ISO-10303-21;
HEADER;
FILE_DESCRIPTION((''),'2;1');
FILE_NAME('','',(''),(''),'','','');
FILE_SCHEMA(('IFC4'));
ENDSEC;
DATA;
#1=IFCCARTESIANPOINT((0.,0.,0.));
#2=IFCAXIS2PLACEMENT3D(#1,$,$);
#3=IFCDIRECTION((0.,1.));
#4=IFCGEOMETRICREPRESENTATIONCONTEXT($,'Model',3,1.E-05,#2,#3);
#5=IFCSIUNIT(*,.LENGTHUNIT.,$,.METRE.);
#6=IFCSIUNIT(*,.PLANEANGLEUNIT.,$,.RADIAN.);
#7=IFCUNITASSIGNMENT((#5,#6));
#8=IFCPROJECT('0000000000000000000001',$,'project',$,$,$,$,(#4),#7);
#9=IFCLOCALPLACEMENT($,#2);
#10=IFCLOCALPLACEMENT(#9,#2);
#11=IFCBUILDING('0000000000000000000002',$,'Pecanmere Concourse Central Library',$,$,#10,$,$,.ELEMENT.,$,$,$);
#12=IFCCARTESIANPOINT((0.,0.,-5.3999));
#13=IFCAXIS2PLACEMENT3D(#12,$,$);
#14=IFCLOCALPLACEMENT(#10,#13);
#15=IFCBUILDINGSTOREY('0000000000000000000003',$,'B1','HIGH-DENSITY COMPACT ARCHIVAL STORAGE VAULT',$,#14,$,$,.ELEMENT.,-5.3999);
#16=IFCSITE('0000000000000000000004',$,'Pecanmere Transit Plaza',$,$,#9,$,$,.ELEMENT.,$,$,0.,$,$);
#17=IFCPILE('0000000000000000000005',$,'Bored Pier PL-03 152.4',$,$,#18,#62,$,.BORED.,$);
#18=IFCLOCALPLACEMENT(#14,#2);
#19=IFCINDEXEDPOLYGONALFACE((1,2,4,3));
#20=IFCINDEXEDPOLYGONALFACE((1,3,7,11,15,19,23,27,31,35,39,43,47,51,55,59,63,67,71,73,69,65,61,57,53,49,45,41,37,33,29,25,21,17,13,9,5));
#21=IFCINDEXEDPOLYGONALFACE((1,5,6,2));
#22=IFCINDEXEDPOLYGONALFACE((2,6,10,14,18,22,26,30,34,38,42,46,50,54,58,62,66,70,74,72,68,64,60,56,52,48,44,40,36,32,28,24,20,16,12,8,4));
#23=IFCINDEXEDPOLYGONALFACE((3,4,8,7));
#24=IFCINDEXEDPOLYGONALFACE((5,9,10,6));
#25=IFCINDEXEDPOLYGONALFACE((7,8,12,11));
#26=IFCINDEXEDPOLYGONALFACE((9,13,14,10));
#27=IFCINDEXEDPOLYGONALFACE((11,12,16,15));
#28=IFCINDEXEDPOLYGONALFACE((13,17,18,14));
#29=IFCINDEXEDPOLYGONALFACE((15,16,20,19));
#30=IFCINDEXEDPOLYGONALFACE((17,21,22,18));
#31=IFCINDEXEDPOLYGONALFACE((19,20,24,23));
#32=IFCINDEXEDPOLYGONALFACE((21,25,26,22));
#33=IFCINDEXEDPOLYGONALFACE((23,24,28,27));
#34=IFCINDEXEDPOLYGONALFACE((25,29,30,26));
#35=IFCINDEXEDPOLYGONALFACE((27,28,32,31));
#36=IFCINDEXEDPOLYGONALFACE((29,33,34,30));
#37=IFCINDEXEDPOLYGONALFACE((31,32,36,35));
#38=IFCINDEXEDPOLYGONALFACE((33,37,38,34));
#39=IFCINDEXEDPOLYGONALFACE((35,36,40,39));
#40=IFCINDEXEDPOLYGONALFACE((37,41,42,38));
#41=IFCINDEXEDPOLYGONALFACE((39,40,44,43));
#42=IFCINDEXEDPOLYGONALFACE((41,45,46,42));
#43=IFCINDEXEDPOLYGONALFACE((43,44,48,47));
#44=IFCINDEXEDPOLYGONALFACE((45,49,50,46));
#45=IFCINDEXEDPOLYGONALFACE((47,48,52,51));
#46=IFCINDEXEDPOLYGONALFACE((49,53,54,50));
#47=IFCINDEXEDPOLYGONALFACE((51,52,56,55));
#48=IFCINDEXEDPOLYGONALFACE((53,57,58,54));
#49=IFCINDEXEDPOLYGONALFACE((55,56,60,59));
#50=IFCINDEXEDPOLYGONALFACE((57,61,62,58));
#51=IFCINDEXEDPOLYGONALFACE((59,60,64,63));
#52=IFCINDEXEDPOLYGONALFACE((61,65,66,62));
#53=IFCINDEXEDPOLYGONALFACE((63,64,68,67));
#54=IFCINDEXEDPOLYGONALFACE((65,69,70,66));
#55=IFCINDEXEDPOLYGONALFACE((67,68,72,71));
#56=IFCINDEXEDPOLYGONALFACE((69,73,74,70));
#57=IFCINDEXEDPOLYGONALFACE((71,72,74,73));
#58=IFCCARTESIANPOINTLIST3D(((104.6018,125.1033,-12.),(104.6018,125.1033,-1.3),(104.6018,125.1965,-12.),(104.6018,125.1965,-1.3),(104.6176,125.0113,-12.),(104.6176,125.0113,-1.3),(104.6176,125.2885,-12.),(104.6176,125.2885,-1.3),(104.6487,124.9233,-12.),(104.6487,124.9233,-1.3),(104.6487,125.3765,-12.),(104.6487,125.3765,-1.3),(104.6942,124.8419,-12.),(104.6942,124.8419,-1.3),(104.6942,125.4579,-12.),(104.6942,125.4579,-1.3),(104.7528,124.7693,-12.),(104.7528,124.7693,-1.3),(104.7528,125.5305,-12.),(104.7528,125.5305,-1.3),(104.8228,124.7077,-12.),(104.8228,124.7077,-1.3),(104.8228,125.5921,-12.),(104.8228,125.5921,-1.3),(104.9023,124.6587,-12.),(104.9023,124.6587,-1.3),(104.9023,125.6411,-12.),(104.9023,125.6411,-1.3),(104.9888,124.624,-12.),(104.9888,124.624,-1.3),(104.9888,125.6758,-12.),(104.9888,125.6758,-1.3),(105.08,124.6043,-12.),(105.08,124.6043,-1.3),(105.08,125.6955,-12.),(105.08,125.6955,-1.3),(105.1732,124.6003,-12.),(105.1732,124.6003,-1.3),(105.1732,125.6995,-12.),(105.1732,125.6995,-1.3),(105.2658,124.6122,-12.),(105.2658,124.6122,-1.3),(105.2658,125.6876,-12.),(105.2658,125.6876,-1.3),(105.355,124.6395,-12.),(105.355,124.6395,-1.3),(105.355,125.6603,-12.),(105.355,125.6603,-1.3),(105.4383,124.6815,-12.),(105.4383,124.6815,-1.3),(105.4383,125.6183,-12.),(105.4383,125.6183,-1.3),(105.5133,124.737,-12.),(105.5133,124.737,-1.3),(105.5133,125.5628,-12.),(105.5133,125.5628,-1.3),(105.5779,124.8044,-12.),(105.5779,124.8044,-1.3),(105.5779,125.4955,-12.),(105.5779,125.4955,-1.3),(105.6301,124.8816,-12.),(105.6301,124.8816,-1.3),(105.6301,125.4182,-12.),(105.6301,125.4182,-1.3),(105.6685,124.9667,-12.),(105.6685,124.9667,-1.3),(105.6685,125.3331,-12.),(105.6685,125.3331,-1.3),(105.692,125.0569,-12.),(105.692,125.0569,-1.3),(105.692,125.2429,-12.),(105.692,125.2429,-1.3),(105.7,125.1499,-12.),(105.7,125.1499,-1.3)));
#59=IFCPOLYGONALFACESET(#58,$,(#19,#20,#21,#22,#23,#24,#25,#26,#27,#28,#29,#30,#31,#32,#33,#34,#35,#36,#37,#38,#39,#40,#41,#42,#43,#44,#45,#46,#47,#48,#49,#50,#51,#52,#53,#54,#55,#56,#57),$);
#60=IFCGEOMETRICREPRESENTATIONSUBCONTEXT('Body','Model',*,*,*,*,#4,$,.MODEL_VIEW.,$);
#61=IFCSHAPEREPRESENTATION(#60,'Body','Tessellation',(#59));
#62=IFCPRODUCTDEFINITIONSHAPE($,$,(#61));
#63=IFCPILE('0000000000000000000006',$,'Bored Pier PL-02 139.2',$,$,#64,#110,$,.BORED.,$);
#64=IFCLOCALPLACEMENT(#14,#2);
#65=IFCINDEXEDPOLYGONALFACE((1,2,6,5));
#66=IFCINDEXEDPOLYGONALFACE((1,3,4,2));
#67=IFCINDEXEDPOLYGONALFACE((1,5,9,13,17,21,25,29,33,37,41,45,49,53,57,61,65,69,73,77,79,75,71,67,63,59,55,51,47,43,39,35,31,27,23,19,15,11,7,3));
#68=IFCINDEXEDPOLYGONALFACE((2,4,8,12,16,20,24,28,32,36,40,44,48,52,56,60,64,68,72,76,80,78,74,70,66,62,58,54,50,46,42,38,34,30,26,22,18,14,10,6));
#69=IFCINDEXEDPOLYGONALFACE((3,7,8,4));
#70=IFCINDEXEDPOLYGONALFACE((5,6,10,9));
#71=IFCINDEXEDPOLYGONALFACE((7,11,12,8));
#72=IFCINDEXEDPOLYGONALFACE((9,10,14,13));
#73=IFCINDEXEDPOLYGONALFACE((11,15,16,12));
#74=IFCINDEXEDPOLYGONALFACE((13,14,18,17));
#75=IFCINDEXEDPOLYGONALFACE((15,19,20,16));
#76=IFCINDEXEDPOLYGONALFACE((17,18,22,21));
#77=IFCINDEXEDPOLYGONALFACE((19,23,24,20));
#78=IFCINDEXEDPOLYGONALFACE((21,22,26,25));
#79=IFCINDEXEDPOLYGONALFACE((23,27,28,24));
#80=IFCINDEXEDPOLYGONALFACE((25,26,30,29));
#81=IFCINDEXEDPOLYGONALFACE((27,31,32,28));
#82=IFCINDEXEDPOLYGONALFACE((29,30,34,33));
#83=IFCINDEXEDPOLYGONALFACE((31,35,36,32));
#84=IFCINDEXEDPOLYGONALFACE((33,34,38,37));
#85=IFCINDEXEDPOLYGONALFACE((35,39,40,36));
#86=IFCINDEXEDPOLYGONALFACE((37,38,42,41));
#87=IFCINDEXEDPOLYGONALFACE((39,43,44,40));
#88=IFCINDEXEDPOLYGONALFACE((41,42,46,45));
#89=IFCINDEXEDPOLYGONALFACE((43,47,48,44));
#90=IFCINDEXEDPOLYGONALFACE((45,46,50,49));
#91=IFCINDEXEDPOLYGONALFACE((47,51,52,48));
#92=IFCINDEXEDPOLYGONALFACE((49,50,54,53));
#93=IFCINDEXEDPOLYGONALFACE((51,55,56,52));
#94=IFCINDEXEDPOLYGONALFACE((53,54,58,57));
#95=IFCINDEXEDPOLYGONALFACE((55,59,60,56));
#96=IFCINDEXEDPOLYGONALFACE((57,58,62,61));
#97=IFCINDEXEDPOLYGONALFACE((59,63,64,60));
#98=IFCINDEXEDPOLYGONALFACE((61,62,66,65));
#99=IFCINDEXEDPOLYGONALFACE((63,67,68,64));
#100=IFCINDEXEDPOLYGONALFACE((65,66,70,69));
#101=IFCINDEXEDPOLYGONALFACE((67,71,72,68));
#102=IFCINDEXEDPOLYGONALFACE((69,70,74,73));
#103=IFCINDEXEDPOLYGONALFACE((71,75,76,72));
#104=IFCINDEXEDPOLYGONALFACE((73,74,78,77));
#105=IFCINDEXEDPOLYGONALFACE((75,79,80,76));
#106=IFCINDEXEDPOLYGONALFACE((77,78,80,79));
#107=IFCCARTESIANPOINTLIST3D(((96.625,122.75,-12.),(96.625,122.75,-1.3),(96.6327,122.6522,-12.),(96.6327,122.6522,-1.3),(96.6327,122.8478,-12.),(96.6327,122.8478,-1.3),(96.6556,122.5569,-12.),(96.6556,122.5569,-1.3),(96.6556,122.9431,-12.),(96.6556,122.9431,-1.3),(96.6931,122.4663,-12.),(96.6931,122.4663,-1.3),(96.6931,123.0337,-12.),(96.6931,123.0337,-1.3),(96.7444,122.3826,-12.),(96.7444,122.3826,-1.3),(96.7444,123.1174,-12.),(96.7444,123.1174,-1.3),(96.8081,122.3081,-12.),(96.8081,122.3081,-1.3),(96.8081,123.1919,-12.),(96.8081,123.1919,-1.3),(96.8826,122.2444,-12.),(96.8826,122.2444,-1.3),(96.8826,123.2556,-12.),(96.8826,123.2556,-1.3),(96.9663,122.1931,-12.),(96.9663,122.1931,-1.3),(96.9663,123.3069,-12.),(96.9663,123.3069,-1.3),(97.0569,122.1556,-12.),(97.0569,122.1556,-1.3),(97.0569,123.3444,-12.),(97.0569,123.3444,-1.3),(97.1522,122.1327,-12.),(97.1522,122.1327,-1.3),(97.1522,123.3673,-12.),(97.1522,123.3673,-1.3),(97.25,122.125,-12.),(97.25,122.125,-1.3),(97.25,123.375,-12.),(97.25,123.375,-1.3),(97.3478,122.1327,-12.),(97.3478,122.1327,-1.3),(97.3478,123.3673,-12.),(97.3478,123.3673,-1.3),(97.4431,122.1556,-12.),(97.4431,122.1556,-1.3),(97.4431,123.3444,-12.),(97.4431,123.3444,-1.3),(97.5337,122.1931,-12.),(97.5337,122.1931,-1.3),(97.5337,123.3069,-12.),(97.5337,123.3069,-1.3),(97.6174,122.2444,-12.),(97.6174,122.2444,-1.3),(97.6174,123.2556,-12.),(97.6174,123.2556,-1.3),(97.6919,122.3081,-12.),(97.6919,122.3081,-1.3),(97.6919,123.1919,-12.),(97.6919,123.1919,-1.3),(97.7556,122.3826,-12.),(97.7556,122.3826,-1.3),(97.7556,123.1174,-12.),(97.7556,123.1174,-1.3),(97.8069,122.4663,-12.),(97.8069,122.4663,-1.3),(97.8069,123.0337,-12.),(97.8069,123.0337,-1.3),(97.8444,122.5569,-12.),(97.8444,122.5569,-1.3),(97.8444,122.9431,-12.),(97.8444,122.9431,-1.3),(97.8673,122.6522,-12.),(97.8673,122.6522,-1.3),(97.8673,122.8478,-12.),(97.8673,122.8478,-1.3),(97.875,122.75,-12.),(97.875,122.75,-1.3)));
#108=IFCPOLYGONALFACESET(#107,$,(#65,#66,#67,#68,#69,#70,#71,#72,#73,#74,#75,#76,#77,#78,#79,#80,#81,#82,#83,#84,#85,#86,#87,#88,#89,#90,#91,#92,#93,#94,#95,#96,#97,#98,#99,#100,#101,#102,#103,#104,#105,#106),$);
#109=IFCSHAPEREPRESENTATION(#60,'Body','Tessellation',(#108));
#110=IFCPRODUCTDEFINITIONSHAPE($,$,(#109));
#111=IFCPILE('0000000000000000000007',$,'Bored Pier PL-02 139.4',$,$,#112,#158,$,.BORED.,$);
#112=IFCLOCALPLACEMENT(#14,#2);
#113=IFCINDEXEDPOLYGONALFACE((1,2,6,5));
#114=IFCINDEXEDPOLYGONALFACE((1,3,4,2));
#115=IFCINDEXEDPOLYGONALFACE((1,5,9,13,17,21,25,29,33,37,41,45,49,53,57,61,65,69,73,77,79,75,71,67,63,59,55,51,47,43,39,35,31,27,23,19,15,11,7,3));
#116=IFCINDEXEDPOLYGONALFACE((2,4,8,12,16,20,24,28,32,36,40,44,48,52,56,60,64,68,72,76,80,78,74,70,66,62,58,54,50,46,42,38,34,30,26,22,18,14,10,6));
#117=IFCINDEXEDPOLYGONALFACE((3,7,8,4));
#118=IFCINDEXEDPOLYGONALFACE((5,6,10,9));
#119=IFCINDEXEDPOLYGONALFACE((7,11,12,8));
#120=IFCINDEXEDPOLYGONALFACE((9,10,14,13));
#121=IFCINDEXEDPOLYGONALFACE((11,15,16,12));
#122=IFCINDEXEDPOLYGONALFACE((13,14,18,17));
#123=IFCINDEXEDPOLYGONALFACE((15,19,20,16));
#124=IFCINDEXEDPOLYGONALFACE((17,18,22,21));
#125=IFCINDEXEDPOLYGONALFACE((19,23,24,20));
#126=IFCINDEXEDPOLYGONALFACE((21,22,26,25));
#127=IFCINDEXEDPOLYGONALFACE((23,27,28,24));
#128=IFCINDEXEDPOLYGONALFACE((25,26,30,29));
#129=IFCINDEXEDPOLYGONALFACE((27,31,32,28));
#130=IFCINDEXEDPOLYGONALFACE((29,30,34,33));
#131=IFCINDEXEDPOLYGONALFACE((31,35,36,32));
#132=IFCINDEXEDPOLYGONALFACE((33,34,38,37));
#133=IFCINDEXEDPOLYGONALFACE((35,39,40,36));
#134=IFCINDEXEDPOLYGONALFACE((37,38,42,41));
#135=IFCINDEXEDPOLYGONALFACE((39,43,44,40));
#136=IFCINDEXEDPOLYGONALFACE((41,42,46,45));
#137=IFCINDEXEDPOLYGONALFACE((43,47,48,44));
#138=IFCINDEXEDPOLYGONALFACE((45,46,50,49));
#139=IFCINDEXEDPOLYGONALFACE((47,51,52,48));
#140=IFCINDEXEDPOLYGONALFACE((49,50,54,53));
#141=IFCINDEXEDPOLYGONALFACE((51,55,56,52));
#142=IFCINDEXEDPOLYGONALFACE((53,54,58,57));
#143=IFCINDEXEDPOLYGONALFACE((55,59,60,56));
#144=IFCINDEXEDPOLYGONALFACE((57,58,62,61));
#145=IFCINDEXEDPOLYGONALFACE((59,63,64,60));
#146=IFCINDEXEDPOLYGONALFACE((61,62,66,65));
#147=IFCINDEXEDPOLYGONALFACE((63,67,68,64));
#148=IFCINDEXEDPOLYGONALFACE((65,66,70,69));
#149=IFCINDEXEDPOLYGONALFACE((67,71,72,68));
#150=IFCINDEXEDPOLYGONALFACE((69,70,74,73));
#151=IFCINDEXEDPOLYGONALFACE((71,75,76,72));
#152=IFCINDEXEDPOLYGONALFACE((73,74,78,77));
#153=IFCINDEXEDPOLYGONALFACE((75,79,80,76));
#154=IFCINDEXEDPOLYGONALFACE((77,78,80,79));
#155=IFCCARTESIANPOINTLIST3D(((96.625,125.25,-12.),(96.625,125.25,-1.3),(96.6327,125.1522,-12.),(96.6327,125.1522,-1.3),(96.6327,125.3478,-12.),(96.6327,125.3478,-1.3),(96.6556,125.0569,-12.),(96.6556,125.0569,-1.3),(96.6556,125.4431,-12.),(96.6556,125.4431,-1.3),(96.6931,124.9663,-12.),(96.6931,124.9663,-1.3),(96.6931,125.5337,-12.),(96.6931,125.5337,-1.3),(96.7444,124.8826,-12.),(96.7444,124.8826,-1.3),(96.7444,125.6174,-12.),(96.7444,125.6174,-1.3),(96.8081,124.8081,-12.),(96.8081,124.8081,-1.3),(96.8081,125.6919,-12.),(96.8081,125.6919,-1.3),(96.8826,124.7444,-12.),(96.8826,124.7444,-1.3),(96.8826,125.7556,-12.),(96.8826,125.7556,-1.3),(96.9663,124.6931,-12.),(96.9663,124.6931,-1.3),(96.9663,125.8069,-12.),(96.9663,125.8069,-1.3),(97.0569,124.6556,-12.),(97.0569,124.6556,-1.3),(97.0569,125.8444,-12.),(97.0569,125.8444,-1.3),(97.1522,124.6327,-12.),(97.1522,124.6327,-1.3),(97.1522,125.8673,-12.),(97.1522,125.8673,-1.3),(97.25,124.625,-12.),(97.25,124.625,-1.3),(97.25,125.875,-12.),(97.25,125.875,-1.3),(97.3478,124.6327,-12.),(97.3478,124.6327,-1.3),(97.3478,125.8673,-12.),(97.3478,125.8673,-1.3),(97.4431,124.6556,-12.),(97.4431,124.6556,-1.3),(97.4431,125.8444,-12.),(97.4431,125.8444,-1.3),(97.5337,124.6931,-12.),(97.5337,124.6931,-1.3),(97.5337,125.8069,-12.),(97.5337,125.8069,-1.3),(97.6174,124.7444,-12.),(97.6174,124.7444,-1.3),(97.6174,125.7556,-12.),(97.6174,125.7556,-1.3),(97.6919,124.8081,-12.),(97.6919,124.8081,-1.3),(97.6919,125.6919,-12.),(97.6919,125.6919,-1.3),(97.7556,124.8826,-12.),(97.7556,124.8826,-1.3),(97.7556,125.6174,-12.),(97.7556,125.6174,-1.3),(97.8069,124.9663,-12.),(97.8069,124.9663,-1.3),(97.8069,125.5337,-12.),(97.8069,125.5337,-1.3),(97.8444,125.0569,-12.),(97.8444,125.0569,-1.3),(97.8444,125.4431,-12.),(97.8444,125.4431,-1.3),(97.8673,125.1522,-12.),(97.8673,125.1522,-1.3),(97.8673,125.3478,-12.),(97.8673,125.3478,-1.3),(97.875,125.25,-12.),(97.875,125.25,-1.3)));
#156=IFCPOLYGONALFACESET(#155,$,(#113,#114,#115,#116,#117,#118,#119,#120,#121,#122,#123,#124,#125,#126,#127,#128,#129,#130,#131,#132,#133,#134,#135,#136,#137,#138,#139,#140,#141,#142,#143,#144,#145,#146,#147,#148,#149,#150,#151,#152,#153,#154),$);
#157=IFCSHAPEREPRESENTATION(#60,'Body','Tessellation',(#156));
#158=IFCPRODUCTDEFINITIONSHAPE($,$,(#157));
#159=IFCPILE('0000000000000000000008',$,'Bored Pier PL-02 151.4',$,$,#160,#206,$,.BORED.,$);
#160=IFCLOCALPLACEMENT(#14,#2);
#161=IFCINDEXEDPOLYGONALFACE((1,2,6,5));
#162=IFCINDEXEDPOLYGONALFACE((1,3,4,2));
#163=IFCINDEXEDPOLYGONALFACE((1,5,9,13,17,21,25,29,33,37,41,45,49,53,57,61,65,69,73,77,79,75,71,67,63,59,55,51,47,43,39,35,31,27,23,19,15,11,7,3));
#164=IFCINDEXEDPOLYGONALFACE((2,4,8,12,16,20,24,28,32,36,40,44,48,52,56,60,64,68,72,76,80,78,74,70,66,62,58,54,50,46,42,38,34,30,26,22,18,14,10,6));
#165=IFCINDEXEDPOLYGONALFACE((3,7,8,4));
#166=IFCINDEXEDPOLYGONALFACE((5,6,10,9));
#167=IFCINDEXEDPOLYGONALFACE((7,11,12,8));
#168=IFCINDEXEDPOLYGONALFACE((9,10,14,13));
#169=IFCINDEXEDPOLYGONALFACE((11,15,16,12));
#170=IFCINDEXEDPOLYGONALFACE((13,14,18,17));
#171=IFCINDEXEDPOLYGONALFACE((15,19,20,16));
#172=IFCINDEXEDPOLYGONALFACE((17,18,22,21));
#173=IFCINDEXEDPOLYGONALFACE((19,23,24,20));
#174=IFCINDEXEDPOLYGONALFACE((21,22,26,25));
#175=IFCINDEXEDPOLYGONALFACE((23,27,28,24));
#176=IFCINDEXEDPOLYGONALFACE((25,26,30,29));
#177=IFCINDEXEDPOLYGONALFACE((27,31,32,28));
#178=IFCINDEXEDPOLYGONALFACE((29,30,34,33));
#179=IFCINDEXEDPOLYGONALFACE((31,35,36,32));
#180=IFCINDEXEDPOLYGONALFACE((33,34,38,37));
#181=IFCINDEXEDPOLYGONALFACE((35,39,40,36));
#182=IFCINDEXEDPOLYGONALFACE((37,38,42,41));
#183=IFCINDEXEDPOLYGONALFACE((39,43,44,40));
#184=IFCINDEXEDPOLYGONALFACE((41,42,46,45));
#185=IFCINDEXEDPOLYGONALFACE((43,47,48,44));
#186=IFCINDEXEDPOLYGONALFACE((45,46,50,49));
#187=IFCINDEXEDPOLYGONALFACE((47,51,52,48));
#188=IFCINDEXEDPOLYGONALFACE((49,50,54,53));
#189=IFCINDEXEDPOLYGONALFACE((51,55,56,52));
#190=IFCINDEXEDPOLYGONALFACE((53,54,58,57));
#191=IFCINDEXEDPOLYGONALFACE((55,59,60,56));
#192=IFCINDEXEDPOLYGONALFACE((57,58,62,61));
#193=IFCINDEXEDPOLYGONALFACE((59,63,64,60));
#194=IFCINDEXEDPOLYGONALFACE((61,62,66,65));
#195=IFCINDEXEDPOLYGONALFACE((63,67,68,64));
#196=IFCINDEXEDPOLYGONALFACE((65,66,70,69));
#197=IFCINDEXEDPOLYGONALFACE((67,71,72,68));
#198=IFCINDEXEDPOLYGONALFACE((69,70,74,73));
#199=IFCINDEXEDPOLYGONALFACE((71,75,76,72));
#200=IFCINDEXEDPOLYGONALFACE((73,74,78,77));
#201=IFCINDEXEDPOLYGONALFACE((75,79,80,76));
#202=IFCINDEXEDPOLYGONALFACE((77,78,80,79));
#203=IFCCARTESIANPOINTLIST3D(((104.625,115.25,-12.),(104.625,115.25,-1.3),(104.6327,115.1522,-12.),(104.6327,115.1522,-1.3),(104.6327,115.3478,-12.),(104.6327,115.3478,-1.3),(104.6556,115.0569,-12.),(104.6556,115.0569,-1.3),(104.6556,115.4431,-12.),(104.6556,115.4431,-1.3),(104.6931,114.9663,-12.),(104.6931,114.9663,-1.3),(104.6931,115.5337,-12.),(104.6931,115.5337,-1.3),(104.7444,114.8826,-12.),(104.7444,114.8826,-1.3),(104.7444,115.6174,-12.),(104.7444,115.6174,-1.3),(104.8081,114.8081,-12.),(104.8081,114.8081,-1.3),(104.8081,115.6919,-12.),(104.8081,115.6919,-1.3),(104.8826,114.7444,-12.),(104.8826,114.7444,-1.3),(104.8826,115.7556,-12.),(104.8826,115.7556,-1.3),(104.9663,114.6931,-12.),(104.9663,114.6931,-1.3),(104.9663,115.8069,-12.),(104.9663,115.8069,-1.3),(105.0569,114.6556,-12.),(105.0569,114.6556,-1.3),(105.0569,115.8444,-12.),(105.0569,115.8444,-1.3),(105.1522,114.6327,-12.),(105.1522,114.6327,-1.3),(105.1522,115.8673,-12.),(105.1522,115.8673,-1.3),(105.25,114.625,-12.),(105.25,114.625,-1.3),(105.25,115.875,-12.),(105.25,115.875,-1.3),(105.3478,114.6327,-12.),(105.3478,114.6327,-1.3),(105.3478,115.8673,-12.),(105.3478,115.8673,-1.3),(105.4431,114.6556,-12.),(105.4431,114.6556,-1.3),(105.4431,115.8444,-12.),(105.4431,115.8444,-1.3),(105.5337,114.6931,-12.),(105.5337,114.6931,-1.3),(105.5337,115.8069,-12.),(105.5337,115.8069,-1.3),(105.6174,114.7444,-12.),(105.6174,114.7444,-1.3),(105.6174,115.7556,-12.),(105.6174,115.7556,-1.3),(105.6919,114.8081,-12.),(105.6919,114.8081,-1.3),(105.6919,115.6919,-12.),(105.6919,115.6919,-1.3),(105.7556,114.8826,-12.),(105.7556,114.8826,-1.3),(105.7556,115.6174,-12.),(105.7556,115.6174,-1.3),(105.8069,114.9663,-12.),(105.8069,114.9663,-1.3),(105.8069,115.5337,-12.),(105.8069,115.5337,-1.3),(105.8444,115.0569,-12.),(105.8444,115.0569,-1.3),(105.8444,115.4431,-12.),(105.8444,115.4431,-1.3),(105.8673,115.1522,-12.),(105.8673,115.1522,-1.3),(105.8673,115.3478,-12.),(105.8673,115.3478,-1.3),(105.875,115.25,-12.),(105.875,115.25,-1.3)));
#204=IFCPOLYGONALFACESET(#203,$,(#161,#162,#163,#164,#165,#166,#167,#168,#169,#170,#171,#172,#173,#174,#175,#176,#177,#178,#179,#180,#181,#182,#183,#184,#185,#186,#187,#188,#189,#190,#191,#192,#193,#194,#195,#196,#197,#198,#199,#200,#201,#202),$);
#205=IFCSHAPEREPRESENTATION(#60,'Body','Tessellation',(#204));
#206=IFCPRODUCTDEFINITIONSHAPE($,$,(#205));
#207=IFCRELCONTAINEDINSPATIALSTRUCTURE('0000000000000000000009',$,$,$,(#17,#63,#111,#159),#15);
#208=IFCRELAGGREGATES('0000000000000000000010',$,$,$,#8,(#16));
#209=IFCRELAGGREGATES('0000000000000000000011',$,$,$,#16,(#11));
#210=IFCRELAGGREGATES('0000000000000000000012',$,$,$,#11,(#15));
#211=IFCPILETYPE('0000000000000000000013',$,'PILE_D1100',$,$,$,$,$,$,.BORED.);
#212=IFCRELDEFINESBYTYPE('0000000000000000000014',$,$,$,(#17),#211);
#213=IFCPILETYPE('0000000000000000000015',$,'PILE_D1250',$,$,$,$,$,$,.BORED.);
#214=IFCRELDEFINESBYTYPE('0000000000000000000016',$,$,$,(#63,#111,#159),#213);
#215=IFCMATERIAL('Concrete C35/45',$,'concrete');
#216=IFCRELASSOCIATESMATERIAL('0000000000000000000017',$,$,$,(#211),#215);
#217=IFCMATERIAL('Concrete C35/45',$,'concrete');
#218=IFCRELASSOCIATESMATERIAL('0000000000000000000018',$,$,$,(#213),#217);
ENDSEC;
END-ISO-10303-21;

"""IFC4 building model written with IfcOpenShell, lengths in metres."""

from ifc_helpers import new_model, si_unit, direction, frame, origin, origin_2d, place, context, subcontext, project, spatial, circle, extrude, material, material_profile, profile_set, type_object, element, save


model = new_model("IFC4")

# Units and contexts
model_context = context("Model", 3, precision=1e-05, world=origin(), true_north=direction((0.0, 1.0)))
body_context = subcontext(model_context, "Body", "Model", "MODEL_VIEW")
ifc_project = project(units=[si_unit("LENGTHUNIT", "METRE"), si_unit("PLANEANGLEUNIT", "RADIAN")], contexts=[model_context])

# Site, building, storey
site_placement = place(None, origin())
site = spatial("IfcSite", under=ifc_project, at=site_placement, Name="Pecanmere Transit Plaza", CompositionType="ELEMENT", RefElevation=0.0)
building_placement = place(site_placement, origin())
building = spatial("IfcBuilding", under=site, at=building_placement, Name="Pecanmere Concourse Central Library", CompositionType="ELEMENT")
storey_placement = place(building_placement, frame((0.0, 0.0, -5.3999)))
storey = spatial("IfcBuildingStorey", under=building, at=storey_placement, Name="B1", Description="HIGH-DENSITY COMPACT ARCHIVAL STORAGE VAULT", CompositionType="ELEMENT", Elevation=-5.3999)

# Piles
ifc_material_1 = material(Name="Concrete C35/45", Category="concrete")
ifc_material_profile_1 = material_profile(ifc_material_1, circle(Radius=0.55, at=origin_2d()), Name="PIER D1100")
ifc_profile_set_1 = profile_set([ifc_material_profile_1], Name="Concrete C35/45")
pile_type_1 = type_object("IfcPileType", Name="PILE_D1100", PredefinedType="BORED", material=ifc_profile_set_1)
for number, where, z_axis, x_axis, name in (
    (1, (105.1499, 125.1499, -1.3), (0.0, 0.0, -1.0), (1.0, 0.0, 0.0), "Bored Pier PL-03 152.4"),
):
    element("IfcPile", number, at=place(storey_placement, frame(where, z_axis=z_axis, x_axis=x_axis)), inside=storey, type_object=pile_type_1, Name=name, PredefinedType="BORED", context=body_context, shape_type="SweptSolid", body=[
        extrude(circle(Radius=0.55, at=origin_2d()), origin(), (0.0, 0.0, 1.0), 10.7),
    ])
ifc_material_2 = material(Name="Concrete C35/45", Category="concrete")
ifc_material_profile_2 = material_profile(ifc_material_2, circle(Radius=0.625, at=origin_2d()), Name="PIER D1250")
ifc_profile_set_2 = profile_set([ifc_material_profile_2], Name="Concrete C35/45")
pile_type_2 = type_object("IfcPileType", Name="PILE_D1250", PredefinedType="BORED", material=ifc_profile_set_2)
for number, where, z_axis, x_axis, name in (
    (2, (97.25, 122.75, -1.3), (0.0, 0.0, -1.0), (1.0, 0.0, 0.0), "Bored Pier PL-02 139.2"),
    (3, (97.25, 125.25, -1.3), (0.0, 0.0, -1.0), (1.0, 0.0, 0.0), "Bored Pier PL-02 139.4"),
    (4, (105.25, 115.25, -1.3), (0.0, 0.0, -1.0), (1.0, 0.0, 0.0), "Bored Pier PL-02 151.4"),
):
    element("IfcPile", number, at=place(storey_placement, frame(where, z_axis=z_axis, x_axis=x_axis)), inside=storey, type_object=pile_type_2, Name=name, PredefinedType="BORED", context=body_context, shape_type="SweptSolid", body=[
        extrude(circle(Radius=0.625, at=origin_2d()), origin(), (0.0, 0.0, 1.0), 10.7),
    ])

save(model, "model.ifc")
